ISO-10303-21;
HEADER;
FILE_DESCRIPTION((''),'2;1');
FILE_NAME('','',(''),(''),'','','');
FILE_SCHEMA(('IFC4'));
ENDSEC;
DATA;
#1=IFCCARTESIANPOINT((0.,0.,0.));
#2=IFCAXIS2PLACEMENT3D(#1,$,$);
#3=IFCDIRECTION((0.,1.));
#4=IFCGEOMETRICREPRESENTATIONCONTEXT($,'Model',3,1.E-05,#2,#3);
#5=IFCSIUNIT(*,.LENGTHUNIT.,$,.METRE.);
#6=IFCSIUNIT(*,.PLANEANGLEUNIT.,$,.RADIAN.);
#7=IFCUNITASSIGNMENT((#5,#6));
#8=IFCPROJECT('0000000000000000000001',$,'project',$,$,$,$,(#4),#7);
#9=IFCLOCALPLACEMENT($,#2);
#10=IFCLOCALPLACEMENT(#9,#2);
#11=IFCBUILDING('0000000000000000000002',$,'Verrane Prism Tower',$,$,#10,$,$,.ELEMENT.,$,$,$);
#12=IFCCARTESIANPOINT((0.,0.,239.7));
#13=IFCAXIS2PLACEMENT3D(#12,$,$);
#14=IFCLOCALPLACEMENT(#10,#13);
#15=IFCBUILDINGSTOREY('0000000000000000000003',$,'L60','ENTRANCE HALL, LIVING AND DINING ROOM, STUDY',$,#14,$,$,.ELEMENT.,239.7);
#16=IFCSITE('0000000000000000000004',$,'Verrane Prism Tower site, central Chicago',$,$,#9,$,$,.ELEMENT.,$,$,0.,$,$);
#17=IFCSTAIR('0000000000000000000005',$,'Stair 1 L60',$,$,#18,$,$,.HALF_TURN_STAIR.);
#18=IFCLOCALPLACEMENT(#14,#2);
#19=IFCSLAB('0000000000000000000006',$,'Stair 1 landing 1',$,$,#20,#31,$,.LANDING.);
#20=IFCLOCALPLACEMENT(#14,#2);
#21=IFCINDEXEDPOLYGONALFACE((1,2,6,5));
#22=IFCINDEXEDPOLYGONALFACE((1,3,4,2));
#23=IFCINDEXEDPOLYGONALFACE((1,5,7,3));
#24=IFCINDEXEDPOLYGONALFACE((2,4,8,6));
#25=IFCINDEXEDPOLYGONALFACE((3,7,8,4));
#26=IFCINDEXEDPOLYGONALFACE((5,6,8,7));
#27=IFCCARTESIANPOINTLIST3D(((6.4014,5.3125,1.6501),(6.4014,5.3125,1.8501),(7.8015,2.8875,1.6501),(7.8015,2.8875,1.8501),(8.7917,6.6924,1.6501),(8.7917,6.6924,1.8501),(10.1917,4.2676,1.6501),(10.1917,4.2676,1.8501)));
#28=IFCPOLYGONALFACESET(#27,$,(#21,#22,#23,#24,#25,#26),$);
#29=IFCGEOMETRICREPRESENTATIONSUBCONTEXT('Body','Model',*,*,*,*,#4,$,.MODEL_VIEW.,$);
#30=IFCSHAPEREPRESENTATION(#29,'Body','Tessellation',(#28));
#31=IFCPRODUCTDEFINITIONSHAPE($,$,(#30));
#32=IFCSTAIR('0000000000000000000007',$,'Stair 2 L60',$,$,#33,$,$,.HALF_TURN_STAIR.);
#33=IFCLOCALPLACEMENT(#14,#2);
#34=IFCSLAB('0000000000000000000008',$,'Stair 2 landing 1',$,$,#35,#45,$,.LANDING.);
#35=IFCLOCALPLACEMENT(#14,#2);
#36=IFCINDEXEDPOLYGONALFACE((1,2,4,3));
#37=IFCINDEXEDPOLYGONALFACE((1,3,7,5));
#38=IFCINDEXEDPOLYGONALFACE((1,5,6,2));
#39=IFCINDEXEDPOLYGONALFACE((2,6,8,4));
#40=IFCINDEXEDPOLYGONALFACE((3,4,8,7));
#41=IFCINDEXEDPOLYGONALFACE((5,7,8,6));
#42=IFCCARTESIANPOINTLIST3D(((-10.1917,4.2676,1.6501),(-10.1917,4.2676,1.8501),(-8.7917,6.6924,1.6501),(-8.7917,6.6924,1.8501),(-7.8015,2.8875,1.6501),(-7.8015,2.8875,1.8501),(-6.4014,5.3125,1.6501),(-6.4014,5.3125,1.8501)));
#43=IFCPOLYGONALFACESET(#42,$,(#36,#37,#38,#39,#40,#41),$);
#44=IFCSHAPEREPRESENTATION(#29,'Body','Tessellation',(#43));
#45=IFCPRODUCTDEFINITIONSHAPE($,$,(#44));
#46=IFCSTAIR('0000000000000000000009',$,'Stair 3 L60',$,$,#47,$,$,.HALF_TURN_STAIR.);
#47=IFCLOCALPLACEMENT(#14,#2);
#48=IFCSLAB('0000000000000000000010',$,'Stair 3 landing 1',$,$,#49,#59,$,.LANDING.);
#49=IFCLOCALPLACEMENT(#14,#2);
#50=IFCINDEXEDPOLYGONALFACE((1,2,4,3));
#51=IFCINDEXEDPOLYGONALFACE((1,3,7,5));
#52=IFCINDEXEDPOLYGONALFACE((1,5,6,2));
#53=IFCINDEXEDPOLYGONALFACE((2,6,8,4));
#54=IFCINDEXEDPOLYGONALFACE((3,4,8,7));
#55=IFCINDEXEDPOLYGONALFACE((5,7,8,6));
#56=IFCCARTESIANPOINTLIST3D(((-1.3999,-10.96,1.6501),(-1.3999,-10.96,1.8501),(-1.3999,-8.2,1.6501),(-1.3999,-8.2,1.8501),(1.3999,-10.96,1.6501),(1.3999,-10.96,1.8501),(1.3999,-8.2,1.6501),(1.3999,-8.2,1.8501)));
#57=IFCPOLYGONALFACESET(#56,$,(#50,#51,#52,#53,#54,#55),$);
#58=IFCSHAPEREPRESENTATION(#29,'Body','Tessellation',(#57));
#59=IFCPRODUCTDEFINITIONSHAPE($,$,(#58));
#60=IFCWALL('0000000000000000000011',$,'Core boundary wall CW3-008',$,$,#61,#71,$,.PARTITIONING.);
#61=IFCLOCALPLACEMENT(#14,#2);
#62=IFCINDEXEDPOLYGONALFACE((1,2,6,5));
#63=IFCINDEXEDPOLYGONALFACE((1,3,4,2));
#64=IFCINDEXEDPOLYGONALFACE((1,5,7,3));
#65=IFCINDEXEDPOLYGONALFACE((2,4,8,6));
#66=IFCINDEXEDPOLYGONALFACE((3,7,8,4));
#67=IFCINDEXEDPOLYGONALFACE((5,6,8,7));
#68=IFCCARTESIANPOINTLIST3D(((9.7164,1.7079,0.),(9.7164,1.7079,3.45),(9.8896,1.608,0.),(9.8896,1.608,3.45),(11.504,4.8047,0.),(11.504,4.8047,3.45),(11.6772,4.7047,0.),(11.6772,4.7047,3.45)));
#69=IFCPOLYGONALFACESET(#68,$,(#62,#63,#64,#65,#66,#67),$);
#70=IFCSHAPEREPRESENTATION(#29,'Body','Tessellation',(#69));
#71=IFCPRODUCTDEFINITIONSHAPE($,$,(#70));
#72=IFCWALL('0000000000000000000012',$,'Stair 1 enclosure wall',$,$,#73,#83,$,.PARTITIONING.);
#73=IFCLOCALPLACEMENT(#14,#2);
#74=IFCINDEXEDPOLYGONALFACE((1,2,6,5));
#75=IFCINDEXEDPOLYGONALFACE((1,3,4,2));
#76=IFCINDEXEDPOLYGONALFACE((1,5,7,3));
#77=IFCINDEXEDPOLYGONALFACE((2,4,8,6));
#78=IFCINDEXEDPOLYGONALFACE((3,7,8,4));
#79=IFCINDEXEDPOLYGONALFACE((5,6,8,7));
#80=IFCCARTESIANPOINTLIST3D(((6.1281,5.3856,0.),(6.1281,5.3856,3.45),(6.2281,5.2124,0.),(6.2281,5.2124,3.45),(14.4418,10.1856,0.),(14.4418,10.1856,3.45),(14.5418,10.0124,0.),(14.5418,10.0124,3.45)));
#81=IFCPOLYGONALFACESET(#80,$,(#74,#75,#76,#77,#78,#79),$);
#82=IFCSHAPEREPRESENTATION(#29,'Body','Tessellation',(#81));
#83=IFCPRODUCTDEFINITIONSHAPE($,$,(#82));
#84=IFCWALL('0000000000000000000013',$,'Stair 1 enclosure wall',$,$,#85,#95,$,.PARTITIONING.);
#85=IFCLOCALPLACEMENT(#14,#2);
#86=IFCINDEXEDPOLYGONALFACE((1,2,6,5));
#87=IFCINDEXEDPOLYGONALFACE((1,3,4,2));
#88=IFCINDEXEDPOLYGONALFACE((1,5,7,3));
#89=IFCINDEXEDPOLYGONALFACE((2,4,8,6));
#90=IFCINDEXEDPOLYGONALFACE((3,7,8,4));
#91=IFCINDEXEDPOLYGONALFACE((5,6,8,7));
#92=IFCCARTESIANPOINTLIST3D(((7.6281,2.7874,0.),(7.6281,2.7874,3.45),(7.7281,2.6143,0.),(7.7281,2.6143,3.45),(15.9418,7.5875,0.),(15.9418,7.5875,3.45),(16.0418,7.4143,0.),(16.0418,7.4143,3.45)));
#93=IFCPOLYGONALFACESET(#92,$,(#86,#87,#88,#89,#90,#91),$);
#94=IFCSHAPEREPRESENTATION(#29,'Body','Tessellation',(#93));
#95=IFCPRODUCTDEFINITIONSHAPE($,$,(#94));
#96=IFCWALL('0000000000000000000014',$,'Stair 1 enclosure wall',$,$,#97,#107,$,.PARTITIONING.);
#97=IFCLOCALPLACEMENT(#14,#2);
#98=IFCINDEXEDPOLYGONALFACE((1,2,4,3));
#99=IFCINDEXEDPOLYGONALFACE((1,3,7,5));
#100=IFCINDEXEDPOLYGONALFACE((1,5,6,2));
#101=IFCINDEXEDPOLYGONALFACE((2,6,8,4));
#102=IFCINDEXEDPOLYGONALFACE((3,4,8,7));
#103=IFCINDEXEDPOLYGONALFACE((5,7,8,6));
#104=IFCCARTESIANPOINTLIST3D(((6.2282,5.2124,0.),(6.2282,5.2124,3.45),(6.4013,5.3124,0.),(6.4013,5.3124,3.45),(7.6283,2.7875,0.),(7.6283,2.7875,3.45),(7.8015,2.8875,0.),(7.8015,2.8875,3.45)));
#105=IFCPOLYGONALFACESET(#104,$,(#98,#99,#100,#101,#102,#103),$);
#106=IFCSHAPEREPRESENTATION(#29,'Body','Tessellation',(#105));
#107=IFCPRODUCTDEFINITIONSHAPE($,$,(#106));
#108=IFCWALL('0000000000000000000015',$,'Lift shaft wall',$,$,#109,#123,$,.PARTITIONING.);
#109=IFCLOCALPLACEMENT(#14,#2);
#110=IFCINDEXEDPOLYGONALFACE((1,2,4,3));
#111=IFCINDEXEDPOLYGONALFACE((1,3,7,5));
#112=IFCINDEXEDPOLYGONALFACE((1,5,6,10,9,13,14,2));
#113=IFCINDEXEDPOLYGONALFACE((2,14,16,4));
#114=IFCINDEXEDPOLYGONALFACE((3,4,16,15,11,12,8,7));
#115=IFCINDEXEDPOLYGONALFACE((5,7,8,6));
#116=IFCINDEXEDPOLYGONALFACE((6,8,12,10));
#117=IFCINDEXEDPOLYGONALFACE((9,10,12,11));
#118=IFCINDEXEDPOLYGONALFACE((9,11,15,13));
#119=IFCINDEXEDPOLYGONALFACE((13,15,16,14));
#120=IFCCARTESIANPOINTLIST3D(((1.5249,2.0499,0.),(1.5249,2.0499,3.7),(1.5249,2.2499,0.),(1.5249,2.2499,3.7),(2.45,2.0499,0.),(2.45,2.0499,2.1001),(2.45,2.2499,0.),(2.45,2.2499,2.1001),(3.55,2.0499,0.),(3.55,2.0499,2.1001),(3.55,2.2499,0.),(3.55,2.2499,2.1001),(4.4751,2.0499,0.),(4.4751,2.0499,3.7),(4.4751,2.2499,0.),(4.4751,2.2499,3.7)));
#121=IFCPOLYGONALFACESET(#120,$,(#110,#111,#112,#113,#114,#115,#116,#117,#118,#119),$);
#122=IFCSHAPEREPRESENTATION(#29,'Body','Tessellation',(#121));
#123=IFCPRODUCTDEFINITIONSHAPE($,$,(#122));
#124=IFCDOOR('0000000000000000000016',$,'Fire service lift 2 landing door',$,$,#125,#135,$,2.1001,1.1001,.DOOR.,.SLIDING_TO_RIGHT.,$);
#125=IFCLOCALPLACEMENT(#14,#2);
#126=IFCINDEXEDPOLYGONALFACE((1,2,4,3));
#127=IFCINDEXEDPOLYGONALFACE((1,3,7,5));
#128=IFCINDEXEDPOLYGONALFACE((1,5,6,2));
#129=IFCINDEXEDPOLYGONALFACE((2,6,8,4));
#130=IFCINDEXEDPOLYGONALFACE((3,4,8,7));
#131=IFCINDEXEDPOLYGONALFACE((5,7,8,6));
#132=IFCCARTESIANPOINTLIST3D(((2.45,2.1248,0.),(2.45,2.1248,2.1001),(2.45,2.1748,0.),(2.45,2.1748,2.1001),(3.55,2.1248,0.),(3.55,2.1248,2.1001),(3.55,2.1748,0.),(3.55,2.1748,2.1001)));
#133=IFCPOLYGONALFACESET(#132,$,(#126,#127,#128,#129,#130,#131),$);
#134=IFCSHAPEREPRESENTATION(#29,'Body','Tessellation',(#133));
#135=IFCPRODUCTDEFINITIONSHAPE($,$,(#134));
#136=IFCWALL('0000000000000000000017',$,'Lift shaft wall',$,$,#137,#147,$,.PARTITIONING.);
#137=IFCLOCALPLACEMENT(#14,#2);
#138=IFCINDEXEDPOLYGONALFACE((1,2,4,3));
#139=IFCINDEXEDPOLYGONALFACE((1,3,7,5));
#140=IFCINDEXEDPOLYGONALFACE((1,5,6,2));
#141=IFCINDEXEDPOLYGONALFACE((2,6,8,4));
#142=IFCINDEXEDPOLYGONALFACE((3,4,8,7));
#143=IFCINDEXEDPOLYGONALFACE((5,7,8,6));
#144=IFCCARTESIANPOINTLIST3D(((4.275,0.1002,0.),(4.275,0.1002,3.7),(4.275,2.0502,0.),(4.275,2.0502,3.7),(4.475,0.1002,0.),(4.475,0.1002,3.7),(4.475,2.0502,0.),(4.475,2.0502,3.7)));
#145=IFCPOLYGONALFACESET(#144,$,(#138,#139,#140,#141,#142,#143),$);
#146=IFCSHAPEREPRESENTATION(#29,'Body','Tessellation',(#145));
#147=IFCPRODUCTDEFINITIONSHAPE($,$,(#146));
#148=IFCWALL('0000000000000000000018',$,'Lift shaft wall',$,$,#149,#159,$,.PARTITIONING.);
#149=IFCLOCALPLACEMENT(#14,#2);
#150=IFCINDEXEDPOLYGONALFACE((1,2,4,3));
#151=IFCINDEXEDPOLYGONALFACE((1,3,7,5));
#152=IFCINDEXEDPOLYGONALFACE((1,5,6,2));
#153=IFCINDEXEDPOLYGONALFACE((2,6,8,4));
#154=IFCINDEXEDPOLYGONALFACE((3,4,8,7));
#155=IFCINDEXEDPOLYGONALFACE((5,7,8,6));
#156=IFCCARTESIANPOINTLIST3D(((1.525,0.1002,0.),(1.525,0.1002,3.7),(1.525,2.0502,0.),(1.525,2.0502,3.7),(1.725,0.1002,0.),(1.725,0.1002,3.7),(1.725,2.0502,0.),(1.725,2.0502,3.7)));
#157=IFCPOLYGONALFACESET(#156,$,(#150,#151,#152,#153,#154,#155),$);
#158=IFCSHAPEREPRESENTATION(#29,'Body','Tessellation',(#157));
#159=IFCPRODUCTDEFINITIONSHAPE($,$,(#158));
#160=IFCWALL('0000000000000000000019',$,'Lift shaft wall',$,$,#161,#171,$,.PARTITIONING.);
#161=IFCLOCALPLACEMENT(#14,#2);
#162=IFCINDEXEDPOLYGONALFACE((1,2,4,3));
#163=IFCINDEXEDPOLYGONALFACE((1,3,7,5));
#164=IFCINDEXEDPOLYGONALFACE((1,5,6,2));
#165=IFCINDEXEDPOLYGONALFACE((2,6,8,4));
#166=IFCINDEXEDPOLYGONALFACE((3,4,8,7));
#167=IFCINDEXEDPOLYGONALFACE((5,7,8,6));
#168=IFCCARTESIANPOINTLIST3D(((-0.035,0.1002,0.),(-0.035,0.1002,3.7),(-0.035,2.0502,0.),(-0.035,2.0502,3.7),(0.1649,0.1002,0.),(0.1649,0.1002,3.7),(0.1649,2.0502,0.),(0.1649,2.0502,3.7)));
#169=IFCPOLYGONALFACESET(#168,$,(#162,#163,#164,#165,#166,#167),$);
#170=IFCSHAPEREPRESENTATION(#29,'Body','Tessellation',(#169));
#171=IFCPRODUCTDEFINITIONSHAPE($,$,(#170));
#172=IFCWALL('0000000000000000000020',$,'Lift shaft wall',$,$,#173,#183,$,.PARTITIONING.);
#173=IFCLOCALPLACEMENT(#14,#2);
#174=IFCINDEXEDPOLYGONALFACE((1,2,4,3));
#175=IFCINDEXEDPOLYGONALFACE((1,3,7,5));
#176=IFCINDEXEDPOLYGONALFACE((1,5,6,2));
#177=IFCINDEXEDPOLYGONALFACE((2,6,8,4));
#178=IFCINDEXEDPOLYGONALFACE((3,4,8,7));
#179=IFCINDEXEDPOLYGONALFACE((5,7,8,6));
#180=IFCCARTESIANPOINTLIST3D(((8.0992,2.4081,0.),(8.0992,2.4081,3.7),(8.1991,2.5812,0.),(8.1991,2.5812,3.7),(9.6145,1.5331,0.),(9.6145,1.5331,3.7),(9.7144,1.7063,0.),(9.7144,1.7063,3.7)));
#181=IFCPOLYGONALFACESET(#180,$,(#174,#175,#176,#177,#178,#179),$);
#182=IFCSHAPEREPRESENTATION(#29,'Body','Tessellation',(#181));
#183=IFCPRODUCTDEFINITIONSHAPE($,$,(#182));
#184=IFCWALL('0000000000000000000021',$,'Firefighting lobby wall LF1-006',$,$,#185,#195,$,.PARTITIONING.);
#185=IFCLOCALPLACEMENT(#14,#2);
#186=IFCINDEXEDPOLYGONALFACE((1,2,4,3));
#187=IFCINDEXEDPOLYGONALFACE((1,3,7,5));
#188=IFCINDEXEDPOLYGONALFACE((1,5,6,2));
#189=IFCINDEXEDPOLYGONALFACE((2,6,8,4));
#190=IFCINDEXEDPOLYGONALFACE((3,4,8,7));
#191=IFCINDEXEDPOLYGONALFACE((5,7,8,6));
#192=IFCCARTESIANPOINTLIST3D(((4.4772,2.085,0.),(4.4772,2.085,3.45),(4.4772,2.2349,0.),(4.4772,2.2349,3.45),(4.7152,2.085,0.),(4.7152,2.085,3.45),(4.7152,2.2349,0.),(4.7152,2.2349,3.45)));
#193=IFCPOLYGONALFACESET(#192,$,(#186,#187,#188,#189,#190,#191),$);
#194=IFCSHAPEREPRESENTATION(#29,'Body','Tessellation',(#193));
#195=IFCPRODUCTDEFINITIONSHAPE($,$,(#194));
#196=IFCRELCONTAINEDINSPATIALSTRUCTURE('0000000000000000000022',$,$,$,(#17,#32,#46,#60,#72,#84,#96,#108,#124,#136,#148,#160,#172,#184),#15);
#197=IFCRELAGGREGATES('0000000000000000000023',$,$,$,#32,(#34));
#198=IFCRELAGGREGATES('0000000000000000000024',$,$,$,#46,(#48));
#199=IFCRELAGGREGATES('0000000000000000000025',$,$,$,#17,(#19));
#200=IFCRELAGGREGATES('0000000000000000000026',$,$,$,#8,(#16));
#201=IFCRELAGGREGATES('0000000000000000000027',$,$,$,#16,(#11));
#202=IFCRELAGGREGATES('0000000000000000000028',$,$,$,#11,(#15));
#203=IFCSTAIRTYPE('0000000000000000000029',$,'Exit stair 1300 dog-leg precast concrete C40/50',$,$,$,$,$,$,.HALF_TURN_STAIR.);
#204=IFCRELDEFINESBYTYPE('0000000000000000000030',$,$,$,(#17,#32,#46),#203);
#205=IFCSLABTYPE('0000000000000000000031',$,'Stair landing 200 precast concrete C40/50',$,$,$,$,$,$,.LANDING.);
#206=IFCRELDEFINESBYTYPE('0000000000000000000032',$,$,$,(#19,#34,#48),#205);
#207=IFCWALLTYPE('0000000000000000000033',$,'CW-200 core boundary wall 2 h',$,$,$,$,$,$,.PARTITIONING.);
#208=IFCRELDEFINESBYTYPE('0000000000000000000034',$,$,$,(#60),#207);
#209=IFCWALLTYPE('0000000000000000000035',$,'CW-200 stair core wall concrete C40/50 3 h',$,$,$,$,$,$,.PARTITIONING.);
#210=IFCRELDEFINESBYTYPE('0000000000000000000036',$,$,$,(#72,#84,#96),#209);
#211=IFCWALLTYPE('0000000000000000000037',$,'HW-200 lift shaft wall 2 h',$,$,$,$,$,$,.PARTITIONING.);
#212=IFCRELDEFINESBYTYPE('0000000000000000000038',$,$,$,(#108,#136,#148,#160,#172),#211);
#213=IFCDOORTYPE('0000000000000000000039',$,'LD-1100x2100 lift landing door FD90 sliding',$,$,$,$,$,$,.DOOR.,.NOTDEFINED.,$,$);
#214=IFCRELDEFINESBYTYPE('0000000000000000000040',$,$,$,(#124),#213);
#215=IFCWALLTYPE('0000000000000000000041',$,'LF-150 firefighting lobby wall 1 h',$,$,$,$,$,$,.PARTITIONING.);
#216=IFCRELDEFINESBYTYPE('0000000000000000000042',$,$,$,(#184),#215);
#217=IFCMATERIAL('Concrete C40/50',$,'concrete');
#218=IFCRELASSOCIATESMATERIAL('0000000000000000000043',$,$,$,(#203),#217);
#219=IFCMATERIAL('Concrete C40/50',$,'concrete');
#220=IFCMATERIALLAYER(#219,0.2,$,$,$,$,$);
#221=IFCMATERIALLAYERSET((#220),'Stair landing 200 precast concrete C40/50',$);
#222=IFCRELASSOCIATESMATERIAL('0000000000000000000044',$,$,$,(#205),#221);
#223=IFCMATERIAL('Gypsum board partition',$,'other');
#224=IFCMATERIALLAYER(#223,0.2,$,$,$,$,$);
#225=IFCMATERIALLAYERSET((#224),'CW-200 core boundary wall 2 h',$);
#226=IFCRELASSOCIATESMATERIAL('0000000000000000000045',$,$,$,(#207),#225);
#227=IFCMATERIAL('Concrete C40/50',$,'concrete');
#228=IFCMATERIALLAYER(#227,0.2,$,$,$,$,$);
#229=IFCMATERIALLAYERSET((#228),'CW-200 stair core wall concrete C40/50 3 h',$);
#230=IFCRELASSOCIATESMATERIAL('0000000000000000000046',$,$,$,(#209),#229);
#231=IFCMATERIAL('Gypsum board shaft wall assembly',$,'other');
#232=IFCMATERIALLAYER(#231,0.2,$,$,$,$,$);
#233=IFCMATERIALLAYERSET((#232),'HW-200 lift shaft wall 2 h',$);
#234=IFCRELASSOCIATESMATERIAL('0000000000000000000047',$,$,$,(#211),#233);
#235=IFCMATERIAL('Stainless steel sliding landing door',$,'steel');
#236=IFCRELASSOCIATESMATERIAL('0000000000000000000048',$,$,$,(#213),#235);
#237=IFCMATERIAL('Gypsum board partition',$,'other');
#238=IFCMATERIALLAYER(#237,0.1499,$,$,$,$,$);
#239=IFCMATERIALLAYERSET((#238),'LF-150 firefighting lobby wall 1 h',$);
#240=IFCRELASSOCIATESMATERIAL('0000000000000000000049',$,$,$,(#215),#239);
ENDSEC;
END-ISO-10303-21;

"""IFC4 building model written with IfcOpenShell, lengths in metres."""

from ifc_helpers import new_model, si_unit, direction, frame, frame_2d, origin, place, context, subcontext, project, spatial, polyline, rectangle, outline, extrude, material, layer, layer_set, type_object, element, fill, aggregate, save


model = new_model("IFC4")

# Units and contexts
model_context = context("Model", 3, precision=1e-05, world=origin(), true_north=direction((0.0, 1.0)))
body_context = subcontext(model_context, "Body", "Model", "MODEL_VIEW")
ifc_project = project(units=[si_unit("LENGTHUNIT", "METRE"), si_unit("PLANEANGLEUNIT", "RADIAN")], contexts=[model_context])

# Site, building, storey
site_placement = place(None, origin())
site = spatial("IfcSite", under=ifc_project, at=site_placement, Name="Verrane Prism Tower site, central Chicago", CompositionType="ELEMENT", RefElevation=0.0)
building_placement = place(site_placement, origin())
building = spatial("IfcBuilding", under=site, at=building_placement, Name="Verrane Prism Tower", CompositionType="ELEMENT")
storey_placement = place(building_placement, frame((0.0, 0.0, 239.7)))
storey = spatial("IfcBuildingStorey", under=building, at=storey_placement, Name="L60", Description="ENTRANCE HALL, LIVING AND DINING ROOM, STUDY", CompositionType="ELEMENT", Elevation=239.7)

# Stairs, slabs
ifc_material_1 = material(Name="Concrete C40/50", Category="concrete")
stair_type = type_object("IfcStairType", Name="Exit stair 1300 dog-leg precast concrete C40/50", PredefinedType="HALF_TURN_STAIR", material=ifc_material_1)
stair_1_placement = place(storey_placement, origin())
stair_1 = element("IfcStair", 1, at=stair_1_placement, inside=storey, type_object=stair_type, Name="Stair 1 L60", PredefinedType="HALF_TURN_STAIR")
ifc_material_2 = material(Name="Concrete C40/50", Category="concrete")
ifc_layer_1 = layer(ifc_material_2, 0.2)
ifc_layer_set_1 = layer_set([ifc_layer_1], Name="Stair landing 200 precast concrete C40/50")
slab_type_1 = type_object("IfcSlabType", Name="Stair landing 200 precast concrete C40/50", PredefinedType="LANDING", material=ifc_layer_set_1)
slab_1_placement = place(storey_placement, frame((0.0, 0.0, 1.6501)))
slab_1 = element("IfcSlab", 2, at=slab_1_placement, type_object=slab_type_1, Name="Stair 1 landing 1", PredefinedType="LANDING", context=body_context, shape_type="SweptSolid", body=[
    extrude(outline(polyline([(8.7917, 6.6924), (6.4014, 5.3125), (7.8015, 2.8875), (10.1917, 4.2676), (8.7917, 6.6924)])), origin(), (0.0, 0.0, 1.0), 0.2),
])
stair_2_placement = place(storey_placement, origin())
stair_2 = element("IfcStair", 3, at=stair_2_placement, inside=storey, type_object=stair_type, Name="Stair 2 L60", PredefinedType="HALF_TURN_STAIR")
slab_2_placement = place(storey_placement, frame((0.0, 0.0, 1.6501)))
slab_2 = element("IfcSlab", 4, at=slab_2_placement, type_object=slab_type_1, Name="Stair 2 landing 1", PredefinedType="LANDING", context=body_context, shape_type="SweptSolid", body=[
    extrude(outline(polyline([(-10.1917, 4.2676), (-7.8015, 2.8875), (-6.4014, 5.3125), (-8.7917, 6.6924), (-10.1917, 4.2676)])), origin(), (0.0, 0.0, 1.0), 0.2),
])
aggregate(stair_2, [slab_2])
stair_3_placement = place(storey_placement, origin())
stair_3 = element("IfcStair", 5, at=stair_3_placement, inside=storey, type_object=stair_type, Name="Stair 3 L60", PredefinedType="HALF_TURN_STAIR")
slab_3_placement = place(storey_placement, frame((0.0, 0.0, 1.6501)))
slab_3 = element("IfcSlab", 6, at=slab_3_placement, type_object=slab_type_1, Name="Stair 3 landing 1", PredefinedType="LANDING", context=body_context, shape_type="SweptSolid", body=[
    extrude(outline(polyline([(1.3999, -10.96), (1.3999, -8.2), (-1.3999, -8.2), (-1.3999, -10.96), (1.3999, -10.96)])), origin(), (0.0, 0.0, 1.0), 0.2),
])
aggregate(stair_3, [slab_3])

# Walls
ifc_material_3 = material(Name="Gypsum board partition", Category="other")
ifc_layer_2 = layer(ifc_material_3, 0.2)
ifc_layer_set_2 = layer_set([ifc_layer_2], Name="CW-200 core boundary wall 2 h")
wall_type_1 = type_object("IfcWallType", Name="CW-200 core boundary wall 2 h", PredefinedType="PARTITIONING", material=ifc_layer_set_2)
wall_1_placement = place(storey_placement, frame((9.803, 1.658, 0.0), z_axis=(0.0, 0.0, 1.0), x_axis=(0.499943, 0.866058, 0.0)))
element("IfcWall", 7, at=wall_1_placement, inside=storey, type_object=wall_type_1, Name="Core boundary wall CW3-008", PredefinedType="PARTITIONING", context=body_context, shape_type="SweptSolid", body=[
    extrude(rectangle(XDim=3.5757, YDim=0.2, at=frame_2d((1.7878, 0.0))), origin(), (0.0, 0.0, 1.0), 3.45),
])
ifc_material_4 = material(Name="Concrete C40/50", Category="concrete")
ifc_layer_3 = layer(ifc_material_4, 0.2)
ifc_layer_set_3 = layer_set([ifc_layer_3], Name="CW-200 stair core wall concrete C40/50 3 h")
wall_type_2 = type_object("IfcWallType", Name="CW-200 stair core wall concrete C40/50 3 h", PredefinedType="PARTITIONING", material=ifc_layer_set_3)
for number, where, z_axis, x_axis, name in (
    (8, (6.1782, 5.2991, 0.0), (0.0, 0.0, 1.0), (0.86602, 0.500009, 0.0), "Stair 1 enclosure wall"),
    (9, (7.6782, 2.7009, 0.0), (0.0, 0.0, 1.0), (0.86602, 0.500009, 0.0), "Stair 1 enclosure wall"),
):
    element("IfcWall", number, at=place(storey_placement, frame(where, z_axis=z_axis, x_axis=x_axis)), inside=storey, type_object=wall_type_2, Name=name, PredefinedType="PARTITIONING", context=body_context, shape_type="SweptSolid", body=[
        extrude(rectangle(XDim=9.5999, YDim=0.2, at=frame_2d((4.7998, 0.0))), origin(), (0.0, 0.0, 1.0), 3.45),
    ])
wall_2_placement = place(storey_placement, frame((7.7148, 2.8376, 0.0), z_axis=(0.0, 0.0, 1.0), x_axis=(-0.50005, 0.865997, 0.0)))
element("IfcWall", 10, at=wall_2_placement, inside=storey, type_object=wall_type_2, Name="Stair 1 enclosure wall", PredefinedType="PARTITIONING", context=body_context, shape_type="SweptSolid", body=[
    extrude(rectangle(XDim=2.8, YDim=0.2, at=frame_2d((1.3999, 0.0))), origin(), (0.0, 0.0, 1.0), 3.45),
])

# Wall, opening, door
ifc_material_5 = material(Name="Gypsum board shaft wall assembly", Category="other")
ifc_layer_4 = layer(ifc_material_5, 0.2)
ifc_layer_set_4 = layer_set([ifc_layer_4], Name="HW-200 lift shaft wall 2 h")
wall_type_3 = type_object("IfcWallType", Name="HW-200 lift shaft wall 2 h", PredefinedType="PARTITIONING", material=ifc_layer_set_4)
wall_3_placement = place(storey_placement, frame((1.5249, 2.1499, 0.0), z_axis=(0.0, 0.0, 1.0), x_axis=(1.0, 0.0, 0.0)))
wall_3 = element("IfcWall", 11, at=wall_3_placement, inside=storey, type_object=wall_type_3, Name="Lift shaft wall", PredefinedType="PARTITIONING", context=body_context, shape_type="SweptSolid", body=[
    extrude(rectangle(XDim=2.9502, YDim=0.2, at=frame_2d((1.4751, 0.0))), origin(), (0.0, 0.0, 1.0), 3.7),
])
opening_1_placement = place(wall_3_placement, frame((0.925, 0.0, 0.0)))
opening_1 = element("IfcOpeningElement", 12, at=opening_1_placement, cuts=wall_3, PredefinedType="OPENING", context=body_context, shape_type="SweptSolid", body=[
    extrude(rectangle(XDim=1.1001, YDim=2.1001, at=frame_2d((0.55, 1.05))), frame((0.0, 0.1099, 0.0), z_axis=(0.0, -1.0, 0.0), x_axis=(1.0, 0.0, 0.0)), (0.0, 0.0, 1.0), 0.22),
])
ifc_material_6 = material(Name="Stainless steel sliding landing door", Category="steel")
door_type_1 = type_object("IfcDoorType", Name="LD-1100x2100 lift landing door FD90 sliding", OperationType="NOTDEFINED", PredefinedType="DOOR", material=ifc_material_6)
door_1_placement = place(opening_1_placement, origin())
door_1 = element("IfcDoor", 13, at=door_1_placement, inside=storey, type_object=door_type_1, Name="Fire service lift 2 landing door", OperationType="SLIDING_TO_RIGHT", OverallHeight=2.1001, OverallWidth=1.1001, PredefinedType="DOOR", context=body_context, shape_type="SweptSolid", body=[
    extrude(rectangle(XDim=1.1001, YDim=2.1001, at=frame_2d((0.55, 1.05))), frame((0.0, 0.0249, 0.0), z_axis=(0.0, -1.0, 0.0), x_axis=(1.0, 0.0, 0.0)), (0.0, 0.0, 1.0), 0.05),
])
fill(opening_1, door_1)

# Walls
for number, where, z_axis, x_axis, name in (
    (14, (4.375, 0.1001, 0.0), (0.0, 0.0, 1.0), (0.0, 1.0, 0.0), "Lift shaft wall"),
    (15, (1.625, 0.1001, 0.0), (0.0, 0.0, 1.0), (0.0, 1.0, 0.0), "Lift shaft wall"),
    (16, (0.0649, 0.1001, 0.0), (0.0, 0.0, 1.0), (0.0, 1.0, 0.0), "Lift shaft wall"),
):
    element("IfcWall", number, at=place(storey_placement, frame(where, z_axis=z_axis, x_axis=x_axis)), inside=storey, type_object=wall_type_3, Name=name, PredefinedType="PARTITIONING", context=body_context, shape_type="SweptSolid", body=[
        extrude(rectangle(XDim=1.95, YDim=0.2, at=frame_2d((0.9751, 0.0))), origin(), (0.0, 0.0, 1.0), 3.7),
    ])
wall_4_placement = place(storey_placement, frame((9.6646, 1.6196, 0.0), z_axis=(0.0, 0.0, 1.0), x_axis=(-0.866002, 0.50004, 0.0)))
element("IfcWall", 17, at=wall_4_placement, inside=storey, type_object=wall_type_3, Name="Lift shaft wall", PredefinedType="PARTITIONING", context=body_context, shape_type="SweptSolid", body=[
    extrude(rectangle(XDim=1.7498, YDim=0.2, at=frame_2d((0.875, 0.0))), origin(), (0.0, 0.0, 1.0), 3.7),
])
ifc_material_7 = material(Name="Gypsum board partition", Category="other")
ifc_layer_5 = layer(ifc_material_7, 0.1499)
ifc_layer_set_5 = layer_set([ifc_layer_5], Name="LF-150 firefighting lobby wall 1 h")
wall_type_4 = type_object("IfcWallType", Name="LF-150 firefighting lobby wall 1 h", PredefinedType="PARTITIONING", material=ifc_layer_set_5)
wall_5_placement = place(storey_placement, frame((4.4771, 2.1599, 0.0), z_axis=(0.0, 0.0, 1.0), x_axis=(1.0, 0.0, 0.0)))
element("IfcWall", 18, at=wall_5_placement, inside=storey, type_object=wall_type_4, Name="Firefighting lobby wall LF1-006", PredefinedType="PARTITIONING", context=body_context, shape_type="SweptSolid", body=[
    extrude(rectangle(XDim=0.238, YDim=0.1499, at=frame_2d((0.1191, 0.0))), origin(), (0.0, 0.0, 1.0), 3.45),
])

aggregate(stair_1, [slab_1])

save(model, "model.ifc")
